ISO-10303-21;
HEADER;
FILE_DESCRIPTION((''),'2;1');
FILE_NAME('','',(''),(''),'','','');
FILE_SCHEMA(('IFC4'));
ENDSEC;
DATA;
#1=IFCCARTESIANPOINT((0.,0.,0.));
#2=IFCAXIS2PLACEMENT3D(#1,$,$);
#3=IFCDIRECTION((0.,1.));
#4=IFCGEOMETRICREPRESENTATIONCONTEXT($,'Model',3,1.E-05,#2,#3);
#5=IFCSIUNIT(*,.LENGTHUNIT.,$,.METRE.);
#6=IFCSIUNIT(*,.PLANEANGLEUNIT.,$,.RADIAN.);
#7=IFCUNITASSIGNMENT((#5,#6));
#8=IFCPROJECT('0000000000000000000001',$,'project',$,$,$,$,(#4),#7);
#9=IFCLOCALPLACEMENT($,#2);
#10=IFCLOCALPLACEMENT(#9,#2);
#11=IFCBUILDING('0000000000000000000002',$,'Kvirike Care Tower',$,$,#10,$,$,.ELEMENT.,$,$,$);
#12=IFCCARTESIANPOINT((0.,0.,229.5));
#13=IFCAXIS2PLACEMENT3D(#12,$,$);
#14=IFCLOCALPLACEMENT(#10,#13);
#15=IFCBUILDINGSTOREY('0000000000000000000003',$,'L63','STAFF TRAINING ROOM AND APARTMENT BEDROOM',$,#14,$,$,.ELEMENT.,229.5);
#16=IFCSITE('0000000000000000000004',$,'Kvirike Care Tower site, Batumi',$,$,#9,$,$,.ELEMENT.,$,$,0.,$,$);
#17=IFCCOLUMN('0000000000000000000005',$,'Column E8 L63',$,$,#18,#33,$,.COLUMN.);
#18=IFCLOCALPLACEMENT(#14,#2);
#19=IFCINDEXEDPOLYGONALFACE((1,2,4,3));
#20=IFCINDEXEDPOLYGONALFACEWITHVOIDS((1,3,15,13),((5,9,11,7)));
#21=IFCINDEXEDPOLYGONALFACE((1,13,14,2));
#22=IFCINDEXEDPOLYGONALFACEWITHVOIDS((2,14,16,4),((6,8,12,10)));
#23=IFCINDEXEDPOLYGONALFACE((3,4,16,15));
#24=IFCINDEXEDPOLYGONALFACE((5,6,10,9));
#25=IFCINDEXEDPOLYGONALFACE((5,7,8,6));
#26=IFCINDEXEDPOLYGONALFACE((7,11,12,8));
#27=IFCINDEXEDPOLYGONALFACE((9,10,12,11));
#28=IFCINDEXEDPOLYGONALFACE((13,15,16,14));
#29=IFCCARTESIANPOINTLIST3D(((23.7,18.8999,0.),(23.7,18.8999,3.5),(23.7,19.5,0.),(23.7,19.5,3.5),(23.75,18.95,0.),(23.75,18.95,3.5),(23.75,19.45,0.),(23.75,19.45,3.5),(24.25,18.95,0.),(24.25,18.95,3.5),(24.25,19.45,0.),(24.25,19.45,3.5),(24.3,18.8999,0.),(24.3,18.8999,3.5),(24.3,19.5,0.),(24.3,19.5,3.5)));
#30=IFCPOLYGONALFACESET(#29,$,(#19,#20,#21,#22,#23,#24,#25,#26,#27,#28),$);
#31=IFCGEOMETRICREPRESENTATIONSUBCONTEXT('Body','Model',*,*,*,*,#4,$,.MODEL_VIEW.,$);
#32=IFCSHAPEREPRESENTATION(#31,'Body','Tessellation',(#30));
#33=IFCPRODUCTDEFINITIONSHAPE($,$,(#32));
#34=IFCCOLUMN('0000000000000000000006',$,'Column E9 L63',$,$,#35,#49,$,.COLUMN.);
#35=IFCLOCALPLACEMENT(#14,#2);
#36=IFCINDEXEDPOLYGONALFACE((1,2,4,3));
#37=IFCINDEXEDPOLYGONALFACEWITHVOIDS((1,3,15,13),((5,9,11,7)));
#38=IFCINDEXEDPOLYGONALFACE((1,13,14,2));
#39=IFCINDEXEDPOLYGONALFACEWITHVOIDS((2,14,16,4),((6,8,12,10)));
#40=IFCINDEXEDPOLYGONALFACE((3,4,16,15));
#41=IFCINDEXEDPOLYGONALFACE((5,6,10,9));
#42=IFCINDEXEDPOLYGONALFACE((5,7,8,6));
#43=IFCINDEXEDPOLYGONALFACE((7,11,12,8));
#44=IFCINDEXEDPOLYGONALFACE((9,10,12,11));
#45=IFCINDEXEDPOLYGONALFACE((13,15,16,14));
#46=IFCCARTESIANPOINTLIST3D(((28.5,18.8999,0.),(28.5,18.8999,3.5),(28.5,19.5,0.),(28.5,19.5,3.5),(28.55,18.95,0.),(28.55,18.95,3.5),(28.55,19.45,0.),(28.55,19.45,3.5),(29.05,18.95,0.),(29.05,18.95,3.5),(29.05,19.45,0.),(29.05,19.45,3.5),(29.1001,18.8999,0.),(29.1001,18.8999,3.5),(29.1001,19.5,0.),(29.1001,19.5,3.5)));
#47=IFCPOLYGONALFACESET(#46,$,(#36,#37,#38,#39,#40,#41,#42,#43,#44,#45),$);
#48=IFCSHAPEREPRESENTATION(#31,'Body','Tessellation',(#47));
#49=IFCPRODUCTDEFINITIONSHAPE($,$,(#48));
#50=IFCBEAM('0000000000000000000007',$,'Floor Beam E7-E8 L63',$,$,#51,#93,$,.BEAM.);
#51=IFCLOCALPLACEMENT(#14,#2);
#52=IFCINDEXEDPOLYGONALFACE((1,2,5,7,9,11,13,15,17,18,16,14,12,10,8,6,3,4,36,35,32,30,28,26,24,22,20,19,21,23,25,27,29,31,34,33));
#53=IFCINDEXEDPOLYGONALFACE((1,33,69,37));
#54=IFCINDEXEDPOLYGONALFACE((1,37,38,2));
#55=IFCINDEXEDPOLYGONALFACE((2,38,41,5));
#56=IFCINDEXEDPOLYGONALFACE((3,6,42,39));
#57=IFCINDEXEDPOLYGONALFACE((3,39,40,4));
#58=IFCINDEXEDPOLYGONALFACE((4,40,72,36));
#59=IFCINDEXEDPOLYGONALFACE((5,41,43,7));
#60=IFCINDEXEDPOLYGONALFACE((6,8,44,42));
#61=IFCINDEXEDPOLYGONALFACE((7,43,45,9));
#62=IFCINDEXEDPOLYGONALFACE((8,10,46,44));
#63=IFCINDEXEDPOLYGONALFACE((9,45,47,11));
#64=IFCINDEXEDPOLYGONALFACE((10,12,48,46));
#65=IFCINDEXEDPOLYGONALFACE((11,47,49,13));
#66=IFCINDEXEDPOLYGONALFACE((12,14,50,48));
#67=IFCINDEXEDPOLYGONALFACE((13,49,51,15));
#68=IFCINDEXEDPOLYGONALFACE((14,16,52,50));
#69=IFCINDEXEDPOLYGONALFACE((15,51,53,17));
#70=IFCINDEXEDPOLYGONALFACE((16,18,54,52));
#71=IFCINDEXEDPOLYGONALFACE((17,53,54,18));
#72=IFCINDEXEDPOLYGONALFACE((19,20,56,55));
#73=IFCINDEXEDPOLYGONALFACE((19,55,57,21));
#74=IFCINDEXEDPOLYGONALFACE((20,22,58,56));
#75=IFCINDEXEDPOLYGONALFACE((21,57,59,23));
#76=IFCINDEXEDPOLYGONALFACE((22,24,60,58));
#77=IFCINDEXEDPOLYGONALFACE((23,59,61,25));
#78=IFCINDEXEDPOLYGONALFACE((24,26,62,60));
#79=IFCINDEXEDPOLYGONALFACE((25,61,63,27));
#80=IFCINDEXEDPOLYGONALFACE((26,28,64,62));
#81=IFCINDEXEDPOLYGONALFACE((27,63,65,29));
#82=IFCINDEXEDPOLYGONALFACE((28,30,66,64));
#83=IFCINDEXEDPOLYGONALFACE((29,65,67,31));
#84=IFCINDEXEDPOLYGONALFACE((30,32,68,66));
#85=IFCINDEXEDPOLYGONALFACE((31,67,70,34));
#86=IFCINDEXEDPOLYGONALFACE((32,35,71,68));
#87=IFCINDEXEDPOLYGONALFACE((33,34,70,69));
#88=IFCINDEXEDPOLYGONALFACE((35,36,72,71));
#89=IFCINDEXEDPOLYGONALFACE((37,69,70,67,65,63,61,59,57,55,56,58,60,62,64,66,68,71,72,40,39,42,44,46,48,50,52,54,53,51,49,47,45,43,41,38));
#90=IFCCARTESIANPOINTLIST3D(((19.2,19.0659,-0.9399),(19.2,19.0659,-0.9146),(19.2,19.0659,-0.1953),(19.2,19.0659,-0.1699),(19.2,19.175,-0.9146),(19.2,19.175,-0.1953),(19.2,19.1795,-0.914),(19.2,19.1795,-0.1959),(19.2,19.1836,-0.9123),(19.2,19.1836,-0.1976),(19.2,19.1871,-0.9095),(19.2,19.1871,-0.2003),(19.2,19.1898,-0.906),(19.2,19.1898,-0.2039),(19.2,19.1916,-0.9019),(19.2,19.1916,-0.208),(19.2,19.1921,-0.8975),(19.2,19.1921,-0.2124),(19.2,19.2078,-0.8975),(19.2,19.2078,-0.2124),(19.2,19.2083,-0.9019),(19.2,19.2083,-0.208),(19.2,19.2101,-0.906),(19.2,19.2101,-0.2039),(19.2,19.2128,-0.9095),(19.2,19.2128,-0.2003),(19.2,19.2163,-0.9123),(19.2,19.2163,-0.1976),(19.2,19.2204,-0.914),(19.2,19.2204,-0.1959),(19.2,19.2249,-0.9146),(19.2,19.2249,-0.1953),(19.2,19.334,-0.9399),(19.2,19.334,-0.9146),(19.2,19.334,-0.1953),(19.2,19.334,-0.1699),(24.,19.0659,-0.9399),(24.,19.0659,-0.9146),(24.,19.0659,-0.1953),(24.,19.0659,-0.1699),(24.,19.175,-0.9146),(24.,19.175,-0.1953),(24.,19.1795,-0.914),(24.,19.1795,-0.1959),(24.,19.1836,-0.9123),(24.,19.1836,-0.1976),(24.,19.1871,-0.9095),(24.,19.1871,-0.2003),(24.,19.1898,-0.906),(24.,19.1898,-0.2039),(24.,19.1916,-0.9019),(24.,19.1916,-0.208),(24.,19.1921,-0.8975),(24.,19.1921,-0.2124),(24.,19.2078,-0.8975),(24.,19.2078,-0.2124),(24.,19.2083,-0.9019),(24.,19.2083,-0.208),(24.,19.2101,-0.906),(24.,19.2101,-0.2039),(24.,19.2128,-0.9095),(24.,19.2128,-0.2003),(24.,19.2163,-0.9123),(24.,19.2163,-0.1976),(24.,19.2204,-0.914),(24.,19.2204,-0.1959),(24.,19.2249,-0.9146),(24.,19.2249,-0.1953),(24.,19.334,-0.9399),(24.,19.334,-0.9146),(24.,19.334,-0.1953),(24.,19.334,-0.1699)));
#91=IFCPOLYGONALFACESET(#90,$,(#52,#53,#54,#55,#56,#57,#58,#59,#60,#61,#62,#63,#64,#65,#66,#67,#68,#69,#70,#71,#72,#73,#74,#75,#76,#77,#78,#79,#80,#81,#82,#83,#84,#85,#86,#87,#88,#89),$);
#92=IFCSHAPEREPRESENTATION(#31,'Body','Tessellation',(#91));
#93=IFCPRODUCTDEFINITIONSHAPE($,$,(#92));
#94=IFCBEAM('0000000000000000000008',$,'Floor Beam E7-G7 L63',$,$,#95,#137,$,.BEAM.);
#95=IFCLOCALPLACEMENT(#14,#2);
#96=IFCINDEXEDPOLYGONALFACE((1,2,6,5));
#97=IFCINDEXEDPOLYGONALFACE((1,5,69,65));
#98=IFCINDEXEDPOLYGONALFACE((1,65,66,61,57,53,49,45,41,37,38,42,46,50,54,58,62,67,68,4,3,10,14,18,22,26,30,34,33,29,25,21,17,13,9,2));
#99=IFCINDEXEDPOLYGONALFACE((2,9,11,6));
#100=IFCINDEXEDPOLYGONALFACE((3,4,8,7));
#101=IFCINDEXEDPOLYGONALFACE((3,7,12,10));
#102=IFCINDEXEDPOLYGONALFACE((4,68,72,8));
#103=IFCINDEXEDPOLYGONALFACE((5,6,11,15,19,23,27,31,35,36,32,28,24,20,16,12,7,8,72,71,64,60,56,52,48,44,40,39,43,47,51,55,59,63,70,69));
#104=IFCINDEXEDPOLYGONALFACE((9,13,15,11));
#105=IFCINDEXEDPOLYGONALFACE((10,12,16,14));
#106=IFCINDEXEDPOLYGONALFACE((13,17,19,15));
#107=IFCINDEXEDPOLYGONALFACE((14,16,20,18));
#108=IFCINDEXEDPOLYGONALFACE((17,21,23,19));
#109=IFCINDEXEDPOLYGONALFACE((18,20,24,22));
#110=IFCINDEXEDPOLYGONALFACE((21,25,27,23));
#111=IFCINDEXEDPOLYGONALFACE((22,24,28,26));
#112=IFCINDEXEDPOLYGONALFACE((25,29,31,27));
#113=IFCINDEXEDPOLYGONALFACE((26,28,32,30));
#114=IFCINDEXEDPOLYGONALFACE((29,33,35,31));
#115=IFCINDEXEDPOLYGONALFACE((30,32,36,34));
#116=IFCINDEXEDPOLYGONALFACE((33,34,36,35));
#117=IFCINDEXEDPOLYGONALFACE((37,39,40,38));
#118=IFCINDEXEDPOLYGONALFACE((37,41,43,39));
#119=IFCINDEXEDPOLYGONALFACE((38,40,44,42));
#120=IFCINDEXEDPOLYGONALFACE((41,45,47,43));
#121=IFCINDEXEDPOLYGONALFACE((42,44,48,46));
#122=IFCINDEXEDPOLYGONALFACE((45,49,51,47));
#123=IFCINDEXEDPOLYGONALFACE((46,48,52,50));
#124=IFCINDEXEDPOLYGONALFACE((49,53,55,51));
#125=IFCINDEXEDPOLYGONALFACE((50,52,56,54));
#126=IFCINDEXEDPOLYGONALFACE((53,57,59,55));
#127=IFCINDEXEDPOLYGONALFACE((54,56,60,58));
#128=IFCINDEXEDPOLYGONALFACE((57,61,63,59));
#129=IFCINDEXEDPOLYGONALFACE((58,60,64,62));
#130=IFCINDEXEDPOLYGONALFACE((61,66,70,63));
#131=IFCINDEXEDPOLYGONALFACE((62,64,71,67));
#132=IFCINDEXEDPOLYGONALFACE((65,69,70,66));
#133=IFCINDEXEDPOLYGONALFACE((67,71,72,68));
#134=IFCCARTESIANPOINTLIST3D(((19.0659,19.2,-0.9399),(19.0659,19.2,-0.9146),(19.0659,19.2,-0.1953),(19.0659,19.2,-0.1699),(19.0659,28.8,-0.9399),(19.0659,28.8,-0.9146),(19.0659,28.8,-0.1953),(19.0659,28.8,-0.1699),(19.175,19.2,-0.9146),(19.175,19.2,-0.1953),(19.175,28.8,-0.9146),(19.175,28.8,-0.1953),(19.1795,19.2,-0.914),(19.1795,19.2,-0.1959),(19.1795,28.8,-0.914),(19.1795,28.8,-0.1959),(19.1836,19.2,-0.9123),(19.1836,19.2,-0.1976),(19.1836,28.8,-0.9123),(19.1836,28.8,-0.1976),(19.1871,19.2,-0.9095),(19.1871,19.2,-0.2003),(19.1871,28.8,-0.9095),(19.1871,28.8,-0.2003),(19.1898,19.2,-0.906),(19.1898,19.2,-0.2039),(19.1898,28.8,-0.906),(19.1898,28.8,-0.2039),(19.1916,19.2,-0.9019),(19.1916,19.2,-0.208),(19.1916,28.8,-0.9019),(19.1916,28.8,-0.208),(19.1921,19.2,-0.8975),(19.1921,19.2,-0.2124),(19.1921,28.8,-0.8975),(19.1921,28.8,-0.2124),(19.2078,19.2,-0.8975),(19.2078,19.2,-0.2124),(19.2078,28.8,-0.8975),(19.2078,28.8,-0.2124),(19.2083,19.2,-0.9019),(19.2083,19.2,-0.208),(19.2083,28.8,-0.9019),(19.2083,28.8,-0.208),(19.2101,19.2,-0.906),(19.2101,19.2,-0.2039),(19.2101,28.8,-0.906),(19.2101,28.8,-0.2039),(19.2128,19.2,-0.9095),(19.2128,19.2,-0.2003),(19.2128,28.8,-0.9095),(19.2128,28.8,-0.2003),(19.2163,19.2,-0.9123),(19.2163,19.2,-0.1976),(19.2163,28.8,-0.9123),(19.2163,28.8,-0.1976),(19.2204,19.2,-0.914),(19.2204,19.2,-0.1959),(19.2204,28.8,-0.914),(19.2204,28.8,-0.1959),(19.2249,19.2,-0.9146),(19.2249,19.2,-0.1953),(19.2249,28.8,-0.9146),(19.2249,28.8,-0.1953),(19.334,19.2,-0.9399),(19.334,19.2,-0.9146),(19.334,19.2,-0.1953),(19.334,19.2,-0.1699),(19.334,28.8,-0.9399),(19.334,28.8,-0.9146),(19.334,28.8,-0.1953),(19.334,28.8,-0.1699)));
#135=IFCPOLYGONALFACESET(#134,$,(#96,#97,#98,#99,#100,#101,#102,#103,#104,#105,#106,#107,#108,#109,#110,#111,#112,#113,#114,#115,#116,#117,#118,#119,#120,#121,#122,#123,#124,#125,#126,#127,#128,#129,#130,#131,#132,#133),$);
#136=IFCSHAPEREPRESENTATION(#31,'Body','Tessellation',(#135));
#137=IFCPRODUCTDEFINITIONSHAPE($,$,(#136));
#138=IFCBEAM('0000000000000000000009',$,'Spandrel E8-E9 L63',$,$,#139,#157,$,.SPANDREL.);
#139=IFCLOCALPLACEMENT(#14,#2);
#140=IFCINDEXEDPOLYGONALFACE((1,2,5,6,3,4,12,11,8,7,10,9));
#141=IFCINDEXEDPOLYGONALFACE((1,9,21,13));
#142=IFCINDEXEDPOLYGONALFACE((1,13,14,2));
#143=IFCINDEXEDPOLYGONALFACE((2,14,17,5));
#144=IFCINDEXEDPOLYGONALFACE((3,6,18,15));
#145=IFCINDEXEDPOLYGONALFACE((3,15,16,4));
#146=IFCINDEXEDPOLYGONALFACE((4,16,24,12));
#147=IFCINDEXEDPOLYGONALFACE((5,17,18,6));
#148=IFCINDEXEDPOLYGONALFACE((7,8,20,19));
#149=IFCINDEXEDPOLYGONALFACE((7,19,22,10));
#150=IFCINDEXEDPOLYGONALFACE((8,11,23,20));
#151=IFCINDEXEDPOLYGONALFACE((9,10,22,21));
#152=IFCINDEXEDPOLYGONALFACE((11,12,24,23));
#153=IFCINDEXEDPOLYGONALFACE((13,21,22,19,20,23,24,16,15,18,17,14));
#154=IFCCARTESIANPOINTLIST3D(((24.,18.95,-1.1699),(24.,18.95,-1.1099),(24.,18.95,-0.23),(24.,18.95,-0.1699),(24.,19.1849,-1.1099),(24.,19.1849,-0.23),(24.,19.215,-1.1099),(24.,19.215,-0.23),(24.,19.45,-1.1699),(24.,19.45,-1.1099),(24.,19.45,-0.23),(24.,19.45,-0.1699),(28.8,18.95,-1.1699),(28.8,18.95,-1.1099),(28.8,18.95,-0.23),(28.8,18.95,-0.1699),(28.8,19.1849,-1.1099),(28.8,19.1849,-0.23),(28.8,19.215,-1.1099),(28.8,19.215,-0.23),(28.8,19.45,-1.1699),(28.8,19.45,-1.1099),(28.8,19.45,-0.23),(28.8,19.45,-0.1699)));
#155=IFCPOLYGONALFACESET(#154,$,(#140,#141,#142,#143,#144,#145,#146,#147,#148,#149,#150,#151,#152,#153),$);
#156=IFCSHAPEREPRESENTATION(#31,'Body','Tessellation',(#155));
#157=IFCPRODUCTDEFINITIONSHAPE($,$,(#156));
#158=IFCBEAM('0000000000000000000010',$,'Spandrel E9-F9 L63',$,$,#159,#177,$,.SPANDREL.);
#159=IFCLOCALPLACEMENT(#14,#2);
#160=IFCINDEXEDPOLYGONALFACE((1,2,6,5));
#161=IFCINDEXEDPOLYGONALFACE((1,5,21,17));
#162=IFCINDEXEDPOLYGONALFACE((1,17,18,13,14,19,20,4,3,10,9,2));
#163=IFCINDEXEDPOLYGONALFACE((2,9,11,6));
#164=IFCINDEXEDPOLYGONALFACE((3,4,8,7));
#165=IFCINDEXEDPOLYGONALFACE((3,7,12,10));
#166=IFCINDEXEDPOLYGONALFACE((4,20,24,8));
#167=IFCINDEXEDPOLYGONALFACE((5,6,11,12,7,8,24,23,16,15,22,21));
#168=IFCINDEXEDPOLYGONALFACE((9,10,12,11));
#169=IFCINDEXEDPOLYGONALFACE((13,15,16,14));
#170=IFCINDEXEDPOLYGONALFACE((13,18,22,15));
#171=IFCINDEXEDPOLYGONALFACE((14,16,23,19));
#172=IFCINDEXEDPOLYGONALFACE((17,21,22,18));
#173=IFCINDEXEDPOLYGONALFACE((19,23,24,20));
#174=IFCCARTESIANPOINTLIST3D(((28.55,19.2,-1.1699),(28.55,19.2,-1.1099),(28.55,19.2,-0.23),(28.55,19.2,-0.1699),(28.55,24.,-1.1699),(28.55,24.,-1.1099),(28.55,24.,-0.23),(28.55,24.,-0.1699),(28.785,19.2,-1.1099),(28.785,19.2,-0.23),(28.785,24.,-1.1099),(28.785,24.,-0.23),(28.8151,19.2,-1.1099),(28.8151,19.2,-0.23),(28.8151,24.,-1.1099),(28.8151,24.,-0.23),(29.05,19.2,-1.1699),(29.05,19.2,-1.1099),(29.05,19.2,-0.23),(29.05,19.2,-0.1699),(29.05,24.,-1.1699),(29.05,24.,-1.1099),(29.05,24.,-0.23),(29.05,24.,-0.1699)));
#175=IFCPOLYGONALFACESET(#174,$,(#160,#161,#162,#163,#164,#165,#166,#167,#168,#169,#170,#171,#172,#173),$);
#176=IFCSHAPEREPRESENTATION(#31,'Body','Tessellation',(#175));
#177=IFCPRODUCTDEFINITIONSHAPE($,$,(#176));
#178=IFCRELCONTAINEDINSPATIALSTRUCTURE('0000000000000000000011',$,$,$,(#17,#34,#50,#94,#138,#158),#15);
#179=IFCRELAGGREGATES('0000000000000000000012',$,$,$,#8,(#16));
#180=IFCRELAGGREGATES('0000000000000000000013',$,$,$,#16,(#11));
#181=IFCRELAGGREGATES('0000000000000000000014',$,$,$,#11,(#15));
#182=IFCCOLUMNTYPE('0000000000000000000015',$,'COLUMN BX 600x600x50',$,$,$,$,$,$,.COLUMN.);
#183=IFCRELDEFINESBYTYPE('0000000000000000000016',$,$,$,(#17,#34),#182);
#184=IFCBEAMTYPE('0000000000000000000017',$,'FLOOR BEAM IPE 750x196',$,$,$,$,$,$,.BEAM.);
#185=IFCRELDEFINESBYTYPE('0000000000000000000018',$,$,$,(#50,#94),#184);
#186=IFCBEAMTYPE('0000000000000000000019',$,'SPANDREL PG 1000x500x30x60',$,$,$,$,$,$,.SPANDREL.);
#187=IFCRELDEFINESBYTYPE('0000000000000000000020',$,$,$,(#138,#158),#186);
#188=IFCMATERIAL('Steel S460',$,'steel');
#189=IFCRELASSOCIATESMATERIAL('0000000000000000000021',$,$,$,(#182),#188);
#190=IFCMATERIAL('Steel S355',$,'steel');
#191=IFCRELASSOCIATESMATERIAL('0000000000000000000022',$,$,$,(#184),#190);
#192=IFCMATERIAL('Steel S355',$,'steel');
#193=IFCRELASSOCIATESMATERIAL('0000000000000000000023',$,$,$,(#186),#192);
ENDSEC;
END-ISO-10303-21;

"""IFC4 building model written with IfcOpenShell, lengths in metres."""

from ifc_helpers import new_model, si_unit, direction, frame, origin, origin_2d, place, context, subcontext, project, spatial, hollow_rectangle, i_section, extrude, material, material_profile, profile_set, type_object, element, save


model = new_model("IFC4")

# Units and contexts
model_context = context("Model", 3, precision=1e-05, world=origin(), true_north=direction((0.0, 1.0)))
body_context = subcontext(model_context, "Body", "Model", "MODEL_VIEW")
ifc_project = project(units=[si_unit("LENGTHUNIT", "METRE"), si_unit("PLANEANGLEUNIT", "RADIAN")], contexts=[model_context])

# Site, building, storey
site_placement = place(None, origin())
site = spatial("IfcSite", under=ifc_project, at=site_placement, Name="Kvirike Care Tower site, Batumi", CompositionType="ELEMENT", RefElevation=0.0)
building_placement = place(site_placement, origin())
building = spatial("IfcBuilding", under=site, at=building_placement, Name="Kvirike Care Tower", CompositionType="ELEMENT")
storey_placement = place(building_placement, frame((0.0, 0.0, 229.5)))
storey = spatial("IfcBuildingStorey", under=building, at=storey_placement, Name="L63", Description="STAFF TRAINING ROOM AND APARTMENT BEDROOM", CompositionType="ELEMENT", Elevation=229.5)

# Columns
ifc_material_1 = material(Name="Steel S460", Category="steel")
ifc_material_profile_1 = material_profile(ifc_material_1, hollow_rectangle(XDim=0.6001, YDim=0.6001, WallThickness=0.05, at=origin_2d()), Name="BX 600x600x50")
ifc_profile_set_1 = profile_set([ifc_material_profile_1], Name="Steel S460")
column_type = type_object("IfcColumnType", Name="COLUMN BX 600x600x50", PredefinedType="COLUMN", material=ifc_profile_set_1)
for number, where, z_axis, x_axis, name in (
    (1, (24.0, 19.2, 0.0), (0.0, 0.0, 1.0), (0.0, 1.0, 0.0), "Column E8 L63"),
    (2, (28.8, 19.2, 0.0), (0.0, 0.0, 1.0), (0.0, 1.0, 0.0), "Column E9 L63"),
):
    element("IfcColumn", number, at=place(storey_placement, frame(where, z_axis=z_axis, x_axis=x_axis)), inside=storey, type_object=column_type, Name=name, PredefinedType="COLUMN", context=body_context, shape_type="SweptSolid", body=[
        extrude(hollow_rectangle(XDim=0.6001, YDim=0.6001, WallThickness=0.05, at=origin_2d()), origin(), (0.0, 0.0, 1.0), 3.5),
    ])

# Beams
ifc_material_2 = material(Name="Steel S355", Category="steel")
ifc_material_profile_2 = material_profile(ifc_material_2, i_section(OverallWidth=0.2681, OverallDepth=0.77, WebThickness=0.0156, FlangeThickness=0.0254, FilletRadius=0.0171, at=origin_2d()), Name="IPE 750x196")
ifc_profile_set_2 = profile_set([ifc_material_profile_2], Name="Steel S355")
beam_type_1 = type_object("IfcBeamType", Name="FLOOR BEAM IPE 750x196", PredefinedType="BEAM", material=ifc_profile_set_2)
beam_1_placement = place(storey_placement, frame((19.2, 19.2, -0.5549), z_axis=(1.0, 0.0, 0.0), x_axis=(0.0, 1.0, 0.0)))
element("IfcBeam", 3, at=beam_1_placement, inside=storey, type_object=beam_type_1, Name="Floor Beam E7-E8 L63", PredefinedType="BEAM", context=body_context, shape_type="SweptSolid", body=[
    extrude(i_section(OverallWidth=0.2681, OverallDepth=0.77, WebThickness=0.0156, FlangeThickness=0.0254, FilletRadius=0.0171, at=origin_2d()), origin(), (0.0, 0.0, 1.0), 4.8),
])
beam_2_placement = place(storey_placement, frame((19.2, 19.2, -0.5549), z_axis=(0.0, 1.0, 0.0), x_axis=(-1.0, 0.0, 0.0)))
element("IfcBeam", 4, at=beam_2_placement, inside=storey, type_object=beam_type_1, Name="Floor Beam E7-G7 L63", PredefinedType="BEAM", context=body_context, shape_type="SweptSolid", body=[
    extrude(i_section(OverallWidth=0.2681, OverallDepth=0.77, WebThickness=0.0156, FlangeThickness=0.0254, FilletRadius=0.0171, at=origin_2d()), origin(), (0.0, 0.0, 1.0), 9.6001),
])
ifc_material_3 = material(Name="Steel S355", Category="steel")
ifc_material_profile_3 = material_profile(ifc_material_3, i_section(OverallWidth=0.5, OverallDepth=1.0, WebThickness=0.03, FlangeThickness=0.0601, at=origin_2d()), Name="PG 1000x500x30x60")
ifc_profile_set_3 = profile_set([ifc_material_profile_3], Name="Steel S355")
beam_type_2 = type_object("IfcBeamType", Name="SPANDREL PG 1000x500x30x60", PredefinedType="SPANDREL", material=ifc_profile_set_3)
for number, where, z_axis, x_axis, name in (
    (5, (24.0, 19.2, -0.6699), (1.0, 0.0, 0.0), (0.0, 1.0, 0.0), "Spandrel E8-E9 L63"),
    (6, (28.8, 19.2, -0.6699), (0.0, 1.0, 0.0), (-1.0, 0.0, 0.0), "Spandrel E9-F9 L63"),
):
    element("IfcBeam", number, at=place(storey_placement, frame(where, z_axis=z_axis, x_axis=x_axis)), inside=storey, type_object=beam_type_2, Name=name, PredefinedType="SPANDREL", context=body_context, shape_type="SweptSolid", body=[
        extrude(i_section(OverallWidth=0.5, OverallDepth=1.0, WebThickness=0.03, FlangeThickness=0.0601, at=origin_2d()), origin(), (0.0, 0.0, 1.0), 4.8),
    ])

save(model, "model.ifc")
